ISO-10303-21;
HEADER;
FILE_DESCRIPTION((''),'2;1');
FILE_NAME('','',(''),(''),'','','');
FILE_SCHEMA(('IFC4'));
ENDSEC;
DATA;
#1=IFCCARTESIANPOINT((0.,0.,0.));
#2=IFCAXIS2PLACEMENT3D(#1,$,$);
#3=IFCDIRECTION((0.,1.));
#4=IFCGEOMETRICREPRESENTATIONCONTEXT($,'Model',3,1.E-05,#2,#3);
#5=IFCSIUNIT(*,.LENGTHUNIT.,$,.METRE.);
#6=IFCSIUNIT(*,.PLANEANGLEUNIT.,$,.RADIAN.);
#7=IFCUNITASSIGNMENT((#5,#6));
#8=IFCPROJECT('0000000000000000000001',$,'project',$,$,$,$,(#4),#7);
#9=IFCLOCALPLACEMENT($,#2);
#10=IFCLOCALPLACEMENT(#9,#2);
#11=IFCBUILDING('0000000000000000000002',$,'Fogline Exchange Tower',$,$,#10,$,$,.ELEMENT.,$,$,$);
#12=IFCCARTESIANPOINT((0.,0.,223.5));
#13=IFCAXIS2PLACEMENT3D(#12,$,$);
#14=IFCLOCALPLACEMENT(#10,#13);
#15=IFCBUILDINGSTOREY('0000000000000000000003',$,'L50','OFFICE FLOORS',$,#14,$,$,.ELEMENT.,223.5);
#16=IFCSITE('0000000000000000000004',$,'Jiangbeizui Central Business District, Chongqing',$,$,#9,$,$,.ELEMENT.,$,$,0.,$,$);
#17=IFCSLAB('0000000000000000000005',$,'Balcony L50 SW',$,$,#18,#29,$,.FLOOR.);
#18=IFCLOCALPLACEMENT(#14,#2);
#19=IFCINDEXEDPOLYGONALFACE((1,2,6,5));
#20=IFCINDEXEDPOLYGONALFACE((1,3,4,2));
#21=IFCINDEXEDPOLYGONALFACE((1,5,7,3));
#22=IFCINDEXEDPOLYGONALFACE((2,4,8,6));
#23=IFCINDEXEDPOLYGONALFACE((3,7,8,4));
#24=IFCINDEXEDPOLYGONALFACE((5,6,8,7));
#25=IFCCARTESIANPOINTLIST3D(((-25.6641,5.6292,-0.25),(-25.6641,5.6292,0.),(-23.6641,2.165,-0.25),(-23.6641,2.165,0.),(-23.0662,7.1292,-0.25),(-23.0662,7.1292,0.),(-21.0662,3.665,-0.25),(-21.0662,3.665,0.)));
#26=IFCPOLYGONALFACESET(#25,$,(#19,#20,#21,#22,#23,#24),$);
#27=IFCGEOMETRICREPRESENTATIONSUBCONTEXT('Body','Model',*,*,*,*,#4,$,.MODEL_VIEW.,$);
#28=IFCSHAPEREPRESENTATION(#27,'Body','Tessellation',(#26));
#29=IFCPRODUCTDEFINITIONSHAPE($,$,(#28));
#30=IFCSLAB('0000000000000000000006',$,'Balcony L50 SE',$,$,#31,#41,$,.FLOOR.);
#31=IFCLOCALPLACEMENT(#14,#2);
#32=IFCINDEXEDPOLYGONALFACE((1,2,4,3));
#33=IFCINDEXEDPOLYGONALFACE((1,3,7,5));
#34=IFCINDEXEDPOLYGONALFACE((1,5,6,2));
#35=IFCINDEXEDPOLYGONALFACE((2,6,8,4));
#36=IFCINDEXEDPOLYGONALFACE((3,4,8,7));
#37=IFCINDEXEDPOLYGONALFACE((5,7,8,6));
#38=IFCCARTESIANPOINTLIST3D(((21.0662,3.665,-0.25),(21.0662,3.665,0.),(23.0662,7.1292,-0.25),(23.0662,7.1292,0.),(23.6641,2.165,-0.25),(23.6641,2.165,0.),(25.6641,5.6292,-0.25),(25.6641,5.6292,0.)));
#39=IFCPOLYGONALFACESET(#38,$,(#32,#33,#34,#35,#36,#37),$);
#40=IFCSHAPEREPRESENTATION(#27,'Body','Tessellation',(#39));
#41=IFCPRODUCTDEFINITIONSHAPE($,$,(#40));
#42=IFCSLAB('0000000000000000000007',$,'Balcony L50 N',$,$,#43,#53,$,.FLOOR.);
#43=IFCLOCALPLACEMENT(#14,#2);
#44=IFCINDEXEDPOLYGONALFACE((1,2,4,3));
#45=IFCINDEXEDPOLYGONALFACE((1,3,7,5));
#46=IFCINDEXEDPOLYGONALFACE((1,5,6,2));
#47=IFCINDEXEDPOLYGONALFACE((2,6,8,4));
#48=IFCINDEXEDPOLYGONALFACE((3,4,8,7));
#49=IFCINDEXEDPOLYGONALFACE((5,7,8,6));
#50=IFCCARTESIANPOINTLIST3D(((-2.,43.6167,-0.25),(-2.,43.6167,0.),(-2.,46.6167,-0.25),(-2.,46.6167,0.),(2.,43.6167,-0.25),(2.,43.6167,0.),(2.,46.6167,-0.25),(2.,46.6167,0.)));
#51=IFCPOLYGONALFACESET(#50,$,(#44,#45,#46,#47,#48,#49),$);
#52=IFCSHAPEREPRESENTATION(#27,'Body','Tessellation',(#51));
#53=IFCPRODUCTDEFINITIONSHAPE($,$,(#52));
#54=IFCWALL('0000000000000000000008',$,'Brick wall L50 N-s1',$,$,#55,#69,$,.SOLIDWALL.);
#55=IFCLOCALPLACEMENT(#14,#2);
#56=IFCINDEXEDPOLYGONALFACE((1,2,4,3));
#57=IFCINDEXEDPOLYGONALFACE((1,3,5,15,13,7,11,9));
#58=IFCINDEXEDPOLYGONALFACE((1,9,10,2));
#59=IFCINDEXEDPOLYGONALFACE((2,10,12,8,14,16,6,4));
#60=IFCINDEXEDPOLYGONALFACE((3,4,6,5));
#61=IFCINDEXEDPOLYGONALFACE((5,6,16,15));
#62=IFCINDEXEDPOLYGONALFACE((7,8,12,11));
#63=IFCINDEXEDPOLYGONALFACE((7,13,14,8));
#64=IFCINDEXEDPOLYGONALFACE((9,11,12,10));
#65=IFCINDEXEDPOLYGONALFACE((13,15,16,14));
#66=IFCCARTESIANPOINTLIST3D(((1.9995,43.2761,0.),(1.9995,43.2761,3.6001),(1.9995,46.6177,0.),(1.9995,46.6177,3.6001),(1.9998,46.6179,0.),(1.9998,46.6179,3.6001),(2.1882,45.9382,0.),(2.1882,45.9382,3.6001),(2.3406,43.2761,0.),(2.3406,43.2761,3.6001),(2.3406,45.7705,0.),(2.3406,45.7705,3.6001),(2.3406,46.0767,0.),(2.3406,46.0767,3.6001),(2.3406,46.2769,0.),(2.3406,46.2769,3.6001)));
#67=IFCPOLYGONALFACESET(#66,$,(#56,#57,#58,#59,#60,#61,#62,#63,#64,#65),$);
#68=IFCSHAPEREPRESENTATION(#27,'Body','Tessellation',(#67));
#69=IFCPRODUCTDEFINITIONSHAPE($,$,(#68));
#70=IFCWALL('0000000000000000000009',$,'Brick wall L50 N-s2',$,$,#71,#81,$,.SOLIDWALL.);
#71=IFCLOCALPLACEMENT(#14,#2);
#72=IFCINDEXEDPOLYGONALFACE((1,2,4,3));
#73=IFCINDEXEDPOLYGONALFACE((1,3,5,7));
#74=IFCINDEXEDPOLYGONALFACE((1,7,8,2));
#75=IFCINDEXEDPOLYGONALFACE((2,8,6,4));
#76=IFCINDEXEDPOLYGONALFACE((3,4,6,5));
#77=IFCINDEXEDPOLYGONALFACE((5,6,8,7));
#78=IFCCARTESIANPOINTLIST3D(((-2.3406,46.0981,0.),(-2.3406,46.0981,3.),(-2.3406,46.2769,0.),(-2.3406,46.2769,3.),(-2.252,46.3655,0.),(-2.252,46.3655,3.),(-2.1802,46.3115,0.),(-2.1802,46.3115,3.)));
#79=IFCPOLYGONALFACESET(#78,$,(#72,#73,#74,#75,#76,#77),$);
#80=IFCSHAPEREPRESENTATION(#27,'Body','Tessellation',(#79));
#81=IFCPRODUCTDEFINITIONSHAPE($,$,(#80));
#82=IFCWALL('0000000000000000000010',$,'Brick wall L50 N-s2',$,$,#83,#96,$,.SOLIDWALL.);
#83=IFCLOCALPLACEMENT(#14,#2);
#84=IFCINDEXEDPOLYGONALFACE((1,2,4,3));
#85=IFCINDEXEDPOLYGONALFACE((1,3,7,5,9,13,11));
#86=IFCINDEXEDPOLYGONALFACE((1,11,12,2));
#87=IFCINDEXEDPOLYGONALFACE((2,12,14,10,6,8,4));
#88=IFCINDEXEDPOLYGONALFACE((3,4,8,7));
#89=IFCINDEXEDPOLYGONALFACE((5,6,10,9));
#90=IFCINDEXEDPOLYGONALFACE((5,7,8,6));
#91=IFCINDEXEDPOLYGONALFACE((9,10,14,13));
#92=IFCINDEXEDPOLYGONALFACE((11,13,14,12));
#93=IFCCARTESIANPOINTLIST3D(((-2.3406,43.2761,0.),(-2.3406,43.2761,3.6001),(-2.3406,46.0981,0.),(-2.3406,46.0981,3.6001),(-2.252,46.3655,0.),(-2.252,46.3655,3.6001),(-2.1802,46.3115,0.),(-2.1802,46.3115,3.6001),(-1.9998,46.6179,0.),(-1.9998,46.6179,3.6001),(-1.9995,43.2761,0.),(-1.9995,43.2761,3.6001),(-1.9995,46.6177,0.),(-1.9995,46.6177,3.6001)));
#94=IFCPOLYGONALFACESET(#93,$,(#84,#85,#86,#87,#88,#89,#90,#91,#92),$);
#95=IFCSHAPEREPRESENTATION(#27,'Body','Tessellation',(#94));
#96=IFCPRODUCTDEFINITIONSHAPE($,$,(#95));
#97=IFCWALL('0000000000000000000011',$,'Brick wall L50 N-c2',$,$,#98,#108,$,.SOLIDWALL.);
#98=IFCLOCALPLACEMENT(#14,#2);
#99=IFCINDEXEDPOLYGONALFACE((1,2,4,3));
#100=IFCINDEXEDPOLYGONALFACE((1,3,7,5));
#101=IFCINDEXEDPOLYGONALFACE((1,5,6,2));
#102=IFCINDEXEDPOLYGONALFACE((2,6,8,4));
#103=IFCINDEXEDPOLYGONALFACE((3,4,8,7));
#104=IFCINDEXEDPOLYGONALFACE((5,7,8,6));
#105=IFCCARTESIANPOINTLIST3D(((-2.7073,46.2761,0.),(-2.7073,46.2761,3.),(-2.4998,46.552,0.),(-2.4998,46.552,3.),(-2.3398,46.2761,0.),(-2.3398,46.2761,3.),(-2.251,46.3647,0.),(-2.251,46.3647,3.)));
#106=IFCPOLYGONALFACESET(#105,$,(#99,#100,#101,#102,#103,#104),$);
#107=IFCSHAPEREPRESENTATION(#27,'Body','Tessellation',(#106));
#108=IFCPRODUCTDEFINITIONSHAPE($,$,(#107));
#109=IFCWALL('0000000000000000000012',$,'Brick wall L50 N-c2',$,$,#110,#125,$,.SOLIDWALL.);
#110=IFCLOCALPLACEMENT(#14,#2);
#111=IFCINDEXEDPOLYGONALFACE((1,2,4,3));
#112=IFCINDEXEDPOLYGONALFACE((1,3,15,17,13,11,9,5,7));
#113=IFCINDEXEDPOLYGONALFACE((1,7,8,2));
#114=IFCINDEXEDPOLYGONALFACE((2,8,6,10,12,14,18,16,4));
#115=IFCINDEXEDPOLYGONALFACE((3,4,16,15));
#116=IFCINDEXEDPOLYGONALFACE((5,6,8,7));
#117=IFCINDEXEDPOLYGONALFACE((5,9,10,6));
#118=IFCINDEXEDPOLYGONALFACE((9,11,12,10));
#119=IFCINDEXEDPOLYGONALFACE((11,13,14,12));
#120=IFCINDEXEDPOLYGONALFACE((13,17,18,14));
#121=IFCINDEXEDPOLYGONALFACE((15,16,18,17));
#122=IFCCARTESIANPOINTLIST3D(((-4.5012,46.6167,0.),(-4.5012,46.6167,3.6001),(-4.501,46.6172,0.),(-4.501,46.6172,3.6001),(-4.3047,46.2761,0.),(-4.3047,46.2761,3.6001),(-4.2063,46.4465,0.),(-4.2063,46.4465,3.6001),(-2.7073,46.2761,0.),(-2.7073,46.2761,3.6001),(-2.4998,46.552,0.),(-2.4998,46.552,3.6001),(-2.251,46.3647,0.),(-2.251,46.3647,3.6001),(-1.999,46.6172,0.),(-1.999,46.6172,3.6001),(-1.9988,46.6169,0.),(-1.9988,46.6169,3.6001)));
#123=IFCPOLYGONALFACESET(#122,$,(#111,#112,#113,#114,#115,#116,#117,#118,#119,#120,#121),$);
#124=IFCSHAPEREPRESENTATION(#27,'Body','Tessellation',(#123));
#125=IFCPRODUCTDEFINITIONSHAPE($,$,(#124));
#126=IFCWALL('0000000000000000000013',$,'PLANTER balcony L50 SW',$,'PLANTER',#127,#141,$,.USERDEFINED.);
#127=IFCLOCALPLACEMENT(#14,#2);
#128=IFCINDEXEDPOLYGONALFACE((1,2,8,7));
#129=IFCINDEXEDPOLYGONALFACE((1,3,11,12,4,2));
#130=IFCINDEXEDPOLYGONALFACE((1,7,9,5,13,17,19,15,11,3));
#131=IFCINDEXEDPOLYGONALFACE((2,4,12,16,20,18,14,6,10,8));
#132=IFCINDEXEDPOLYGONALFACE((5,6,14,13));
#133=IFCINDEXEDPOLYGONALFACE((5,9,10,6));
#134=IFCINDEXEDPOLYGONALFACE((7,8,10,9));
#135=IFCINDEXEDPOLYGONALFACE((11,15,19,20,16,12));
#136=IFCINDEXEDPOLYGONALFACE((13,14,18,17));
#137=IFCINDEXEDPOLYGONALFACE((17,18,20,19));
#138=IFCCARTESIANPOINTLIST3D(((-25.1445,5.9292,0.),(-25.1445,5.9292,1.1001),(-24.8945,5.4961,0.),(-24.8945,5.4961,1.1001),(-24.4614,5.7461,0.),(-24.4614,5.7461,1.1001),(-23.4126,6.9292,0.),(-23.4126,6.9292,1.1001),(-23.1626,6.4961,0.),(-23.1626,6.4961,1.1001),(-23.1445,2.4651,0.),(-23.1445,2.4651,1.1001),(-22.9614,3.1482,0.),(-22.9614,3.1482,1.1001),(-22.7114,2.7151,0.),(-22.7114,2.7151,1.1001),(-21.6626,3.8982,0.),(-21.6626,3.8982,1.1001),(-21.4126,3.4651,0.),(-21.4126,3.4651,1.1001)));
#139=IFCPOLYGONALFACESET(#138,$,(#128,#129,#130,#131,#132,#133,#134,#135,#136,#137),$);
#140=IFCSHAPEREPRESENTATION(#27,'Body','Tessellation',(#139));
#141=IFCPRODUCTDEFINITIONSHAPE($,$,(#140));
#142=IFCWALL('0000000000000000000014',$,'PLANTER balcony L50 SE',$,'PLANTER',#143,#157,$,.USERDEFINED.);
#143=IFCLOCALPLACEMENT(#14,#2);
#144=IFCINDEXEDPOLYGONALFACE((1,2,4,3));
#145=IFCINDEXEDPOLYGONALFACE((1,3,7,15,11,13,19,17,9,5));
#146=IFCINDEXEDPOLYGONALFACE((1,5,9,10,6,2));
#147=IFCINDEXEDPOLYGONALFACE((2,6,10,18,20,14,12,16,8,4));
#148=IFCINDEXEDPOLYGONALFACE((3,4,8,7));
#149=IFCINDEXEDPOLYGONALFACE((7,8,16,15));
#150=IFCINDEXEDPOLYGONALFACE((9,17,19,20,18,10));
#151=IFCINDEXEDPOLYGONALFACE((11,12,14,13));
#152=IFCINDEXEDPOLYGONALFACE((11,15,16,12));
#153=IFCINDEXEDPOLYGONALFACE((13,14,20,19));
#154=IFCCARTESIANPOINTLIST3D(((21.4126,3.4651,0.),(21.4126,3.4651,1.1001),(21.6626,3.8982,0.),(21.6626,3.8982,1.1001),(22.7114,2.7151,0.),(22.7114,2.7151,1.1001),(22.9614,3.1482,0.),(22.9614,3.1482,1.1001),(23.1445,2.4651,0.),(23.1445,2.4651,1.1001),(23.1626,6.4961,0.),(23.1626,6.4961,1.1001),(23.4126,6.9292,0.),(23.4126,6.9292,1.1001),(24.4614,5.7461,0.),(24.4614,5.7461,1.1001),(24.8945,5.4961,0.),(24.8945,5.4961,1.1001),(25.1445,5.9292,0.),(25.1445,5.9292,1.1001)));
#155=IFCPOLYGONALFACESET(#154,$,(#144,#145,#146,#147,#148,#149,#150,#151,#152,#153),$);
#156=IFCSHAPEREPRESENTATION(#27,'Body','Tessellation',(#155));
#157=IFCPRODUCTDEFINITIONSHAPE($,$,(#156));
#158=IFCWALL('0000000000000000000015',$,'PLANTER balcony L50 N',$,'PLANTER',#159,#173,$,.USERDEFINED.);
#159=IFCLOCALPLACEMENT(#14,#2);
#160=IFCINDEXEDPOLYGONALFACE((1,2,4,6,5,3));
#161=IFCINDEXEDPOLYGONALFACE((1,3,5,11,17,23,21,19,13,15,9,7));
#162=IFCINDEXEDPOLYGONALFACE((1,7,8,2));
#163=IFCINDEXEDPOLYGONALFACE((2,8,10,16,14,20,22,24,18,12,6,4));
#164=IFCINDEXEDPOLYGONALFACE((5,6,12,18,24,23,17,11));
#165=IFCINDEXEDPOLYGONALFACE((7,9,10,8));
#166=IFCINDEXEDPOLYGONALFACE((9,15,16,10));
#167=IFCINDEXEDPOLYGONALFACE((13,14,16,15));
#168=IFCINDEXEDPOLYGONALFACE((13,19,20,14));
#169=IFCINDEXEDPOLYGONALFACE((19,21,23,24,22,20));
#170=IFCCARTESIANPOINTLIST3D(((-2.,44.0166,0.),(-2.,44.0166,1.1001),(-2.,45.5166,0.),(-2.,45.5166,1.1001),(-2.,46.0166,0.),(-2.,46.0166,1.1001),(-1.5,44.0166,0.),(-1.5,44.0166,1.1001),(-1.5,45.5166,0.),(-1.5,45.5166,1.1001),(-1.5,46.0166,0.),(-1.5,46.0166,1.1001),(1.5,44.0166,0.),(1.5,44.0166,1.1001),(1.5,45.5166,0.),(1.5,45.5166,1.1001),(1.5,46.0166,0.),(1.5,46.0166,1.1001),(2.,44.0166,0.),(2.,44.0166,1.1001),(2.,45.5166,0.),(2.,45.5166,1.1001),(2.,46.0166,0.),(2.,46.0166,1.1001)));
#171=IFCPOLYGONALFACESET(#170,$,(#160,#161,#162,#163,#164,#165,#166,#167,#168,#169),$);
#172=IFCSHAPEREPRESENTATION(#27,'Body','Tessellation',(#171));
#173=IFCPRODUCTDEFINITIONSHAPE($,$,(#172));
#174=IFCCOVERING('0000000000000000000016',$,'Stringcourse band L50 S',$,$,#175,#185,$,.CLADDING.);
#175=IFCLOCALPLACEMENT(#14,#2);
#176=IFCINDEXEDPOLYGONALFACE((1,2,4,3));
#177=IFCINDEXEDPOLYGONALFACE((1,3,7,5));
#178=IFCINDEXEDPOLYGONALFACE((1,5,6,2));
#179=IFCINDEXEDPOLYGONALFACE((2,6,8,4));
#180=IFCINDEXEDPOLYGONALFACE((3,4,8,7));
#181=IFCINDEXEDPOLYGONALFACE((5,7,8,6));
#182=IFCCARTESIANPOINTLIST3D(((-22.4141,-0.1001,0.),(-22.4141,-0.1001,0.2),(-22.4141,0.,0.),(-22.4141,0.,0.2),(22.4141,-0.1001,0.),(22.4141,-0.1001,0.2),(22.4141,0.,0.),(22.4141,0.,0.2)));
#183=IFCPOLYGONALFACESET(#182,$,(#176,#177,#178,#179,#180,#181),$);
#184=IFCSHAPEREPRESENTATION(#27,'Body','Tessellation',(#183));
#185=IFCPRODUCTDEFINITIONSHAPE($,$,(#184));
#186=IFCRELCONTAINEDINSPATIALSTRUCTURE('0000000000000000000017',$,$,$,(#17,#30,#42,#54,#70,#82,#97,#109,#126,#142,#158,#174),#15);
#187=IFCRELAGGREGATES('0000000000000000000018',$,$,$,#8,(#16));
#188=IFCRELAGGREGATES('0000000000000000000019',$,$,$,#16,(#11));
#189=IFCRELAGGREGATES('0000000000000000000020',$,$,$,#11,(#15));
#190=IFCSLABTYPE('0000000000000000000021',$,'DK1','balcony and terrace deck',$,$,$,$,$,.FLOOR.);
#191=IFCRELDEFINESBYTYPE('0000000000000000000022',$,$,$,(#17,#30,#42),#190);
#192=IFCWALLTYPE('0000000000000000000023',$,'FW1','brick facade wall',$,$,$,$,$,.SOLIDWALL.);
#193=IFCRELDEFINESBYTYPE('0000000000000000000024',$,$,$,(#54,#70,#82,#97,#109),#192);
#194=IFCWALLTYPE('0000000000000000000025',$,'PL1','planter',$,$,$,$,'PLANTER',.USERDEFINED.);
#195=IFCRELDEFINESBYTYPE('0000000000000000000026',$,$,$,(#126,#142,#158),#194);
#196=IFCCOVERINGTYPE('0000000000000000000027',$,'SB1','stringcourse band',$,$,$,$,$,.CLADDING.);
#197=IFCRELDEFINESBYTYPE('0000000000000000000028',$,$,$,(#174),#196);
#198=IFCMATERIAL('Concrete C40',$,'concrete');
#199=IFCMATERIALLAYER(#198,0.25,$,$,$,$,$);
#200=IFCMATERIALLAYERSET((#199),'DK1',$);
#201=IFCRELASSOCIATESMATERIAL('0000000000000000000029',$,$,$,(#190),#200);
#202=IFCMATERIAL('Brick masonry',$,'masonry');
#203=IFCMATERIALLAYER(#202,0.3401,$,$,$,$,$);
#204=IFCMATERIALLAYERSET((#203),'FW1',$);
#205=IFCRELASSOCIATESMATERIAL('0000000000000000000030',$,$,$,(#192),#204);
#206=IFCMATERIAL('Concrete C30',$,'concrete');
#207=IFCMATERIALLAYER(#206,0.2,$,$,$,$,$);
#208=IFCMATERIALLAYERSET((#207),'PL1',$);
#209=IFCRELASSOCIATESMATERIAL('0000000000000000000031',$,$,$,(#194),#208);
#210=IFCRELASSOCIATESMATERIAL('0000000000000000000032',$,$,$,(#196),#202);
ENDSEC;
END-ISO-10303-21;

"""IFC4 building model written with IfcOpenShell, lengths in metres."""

from ifc_helpers import new_model, si_unit, direction, frame, origin, place, context, subcontext, project, spatial, polyline, outline, extrude, material, layer, layer_set, type_object, element, save


model = new_model("IFC4")

# Units and contexts
model_context = context("Model", 3, precision=1e-05, world=origin(), true_north=direction((0.0, 1.0)))
body_context = subcontext(model_context, "Body", "Model", "MODEL_VIEW")
ifc_project = project(units=[si_unit("LENGTHUNIT", "METRE"), si_unit("PLANEANGLEUNIT", "RADIAN")], contexts=[model_context])

# Site, building, storey
site_placement = place(None, origin())
site = spatial("IfcSite", under=ifc_project, at=site_placement, Name="Jiangbeizui Central Business District, Chongqing", CompositionType="ELEMENT", RefElevation=0.0)
building_placement = place(site_placement, origin())
building = spatial("IfcBuilding", under=site, at=building_placement, Name="Fogline Exchange Tower", CompositionType="ELEMENT")
storey_placement = place(building_placement, frame((0.0, 0.0, 223.5)))
storey = spatial("IfcBuildingStorey", under=building, at=storey_placement, Name="L50", Description="OFFICE FLOORS", CompositionType="ELEMENT", Elevation=223.5)

# Slabs
ifc_material_1 = material(Name="Concrete C40", Category="concrete")
ifc_layer_1 = layer(ifc_material_1, 0.25)
ifc_layer_set_1 = layer_set([ifc_layer_1], Name="DK1")
slab_type = type_object("IfcSlabType", Name="DK1", Description="balcony and terrace deck", PredefinedType="FLOOR", material=ifc_layer_set_1)
slab_1_placement = place(storey_placement, frame((0.0, 0.0, -0.25)))
element("IfcSlab", 1, at=slab_1_placement, inside=storey, type_object=slab_type, Name="Balcony L50 SW", PredefinedType="FLOOR", context=body_context, shape_type="SweptSolid", body=[
    extrude(outline(polyline([(-25.6641, 5.6292), (-23.6641, 2.165), (-21.0662, 3.665), (-23.0662, 7.1292), (-25.6641, 5.6292)])), origin(), (0.0, 0.0, 1.0), 0.25),
])
slab_2_placement = place(storey_placement, frame((0.0, 0.0, -0.25)))
element("IfcSlab", 2, at=slab_2_placement, inside=storey, type_object=slab_type, Name="Balcony L50 SE", PredefinedType="FLOOR", context=body_context, shape_type="SweptSolid", body=[
    extrude(outline(polyline([(23.6641, 2.165), (25.6641, 5.6292), (23.0662, 7.1292), (21.0662, 3.665), (23.6641, 2.165)])), origin(), (0.0, 0.0, 1.0), 0.25),
])
slab_3_placement = place(storey_placement, frame((0.0, 0.0, -0.25)))
element("IfcSlab", 3, at=slab_3_placement, inside=storey, type_object=slab_type, Name="Balcony L50 N", PredefinedType="FLOOR", context=body_context, shape_type="SweptSolid", body=[
    extrude(outline(polyline([(2.0, 46.6167), (-2.0, 46.6167), (-2.0, 43.6167), (2.0, 43.6167), (2.0, 46.6167)])), origin(), (0.0, 0.0, 1.0), 0.25),
])

# Walls
ifc_material_2 = material(Name="Brick masonry", Category="masonry")
ifc_layer_2 = layer(ifc_material_2, 0.3401)
ifc_layer_set_2 = layer_set([ifc_layer_2], Name="FW1")
wall_type_1 = type_object("IfcWallType", Name="FW1", Description="brick facade wall", PredefinedType="SOLIDWALL", material=ifc_layer_set_2)
wall_1_placement = place(storey_placement, origin())
element("IfcWall", 4, at=wall_1_placement, inside=storey, type_object=wall_type_1, Name="Brick wall L50 N-s1", PredefinedType="SOLIDWALL", context=body_context, shape_type="SweptSolid", body=[
    extrude(outline(polyline([(1.9995, 43.2761), (1.9995, 46.6177), (1.9998, 46.6179), (2.3406, 46.2769), (2.3406, 46.0767), (2.1882, 45.9382), (2.3406, 45.7705), (2.3406, 43.2761), (1.9995, 43.2761)])), origin(), (0.0, 0.0, 1.0), 3.6001),
])
wall_2_placement = place(storey_placement, origin())
element("IfcWall", 5, at=wall_2_placement, inside=storey, type_object=wall_type_1, Name="Brick wall L50 N-s2", PredefinedType="SOLIDWALL", context=body_context, shape_type="SweptSolid", body=[
    extrude(outline(polyline([(-2.3406, 46.2769), (-2.252, 46.3655), (-2.1802, 46.3115), (-2.3406, 46.0981), (-2.3406, 46.2769)])), origin(), (0.0, 0.0, 1.0), 3.0),
])
wall_3_placement = place(storey_placement, origin())
element("IfcWall", 6, at=wall_3_placement, inside=storey, type_object=wall_type_1, Name="Brick wall L50 N-s2", PredefinedType="SOLIDWALL", context=body_context, shape_type="SweptSolid", body=[
    extrude(outline(polyline([(-1.9995, 43.2761), (-2.3406, 43.2761), (-2.3406, 46.0981), (-2.1802, 46.3115), (-2.252, 46.3655), (-1.9998, 46.6179), (-1.9995, 46.6177), (-1.9995, 43.2761)])), origin(), (0.0, 0.0, 1.0), 3.6001),
])
wall_4_placement = place(storey_placement, origin())
element("IfcWall", 7, at=wall_4_placement, inside=storey, type_object=wall_type_1, Name="Brick wall L50 N-c2", PredefinedType="SOLIDWALL", context=body_context, shape_type="SweptSolid", body=[
    extrude(outline(polyline([(-2.3398, 46.2761), (-2.7073, 46.2761), (-2.4998, 46.552), (-2.251, 46.3647), (-2.3398, 46.2761)])), origin(), (0.0, 0.0, 1.0), 3.0),
])
wall_5_placement = place(storey_placement, origin())
element("IfcWall", 8, at=wall_5_placement, inside=storey, type_object=wall_type_1, Name="Brick wall L50 N-c2", PredefinedType="SOLIDWALL", context=body_context, shape_type="SweptSolid", body=[
    extrude(outline(polyline([(-4.2063, 46.4465), (-4.5012, 46.6167), (-4.501, 46.6172), (-1.999, 46.6172), (-1.9988, 46.6169), (-2.251, 46.3647), (-2.4998, 46.552), (-2.7073, 46.2761), (-4.3047, 46.2761), (-4.2063, 46.4465)])), origin(), (0.0, 0.0, 1.0), 3.6001),
])
ifc_material_3 = material(Name="Concrete C30", Category="concrete")
ifc_layer_3 = layer(ifc_material_3, 0.2)
ifc_layer_set_3 = layer_set([ifc_layer_3], Name="PL1")
wall_type_2 = type_object("IfcWallType", Name="PL1", Description="planter", ElementType="PLANTER", PredefinedType="USERDEFINED", material=ifc_layer_set_3)
wall_6_placement = place(storey_placement, origin())
element("IfcWall", 9, at=wall_6_placement, inside=storey, type_object=wall_type_2, Name="PLANTER balcony L50 SW", ObjectType="PLANTER", PredefinedType="USERDEFINED", context=body_context, shape_type="SweptSolid", body=[
    extrude(outline(polyline([(-21.6626, 3.8982), (-22.9614, 3.1482), (-24.4614, 5.7461), (-23.1626, 6.4961), (-23.4126, 6.9292), (-25.1445, 5.9292), (-24.8945, 5.4961), (-23.1445, 2.4651), (-22.7114, 2.7151), (-22.7114, 2.7151), (-21.4126, 3.4651), (-21.6626, 3.8982)])), origin(), (0.0, 0.0, 1.0), 1.1001),
])
wall_7_placement = place(storey_placement, origin())
element("IfcWall", 10, at=wall_7_placement, inside=storey, type_object=wall_type_2, Name="PLANTER balcony L50 SE", ObjectType="PLANTER", PredefinedType="USERDEFINED", context=body_context, shape_type="SweptSolid", body=[
    extrude(outline(polyline([(21.4126, 3.4651), (22.7114, 2.7151), (22.7114, 2.7151), (23.1445, 2.4651), (24.8945, 5.4961), (25.1445, 5.9292), (23.4126, 6.9292), (23.1626, 6.4961), (24.4614, 5.7461), (22.9614, 3.1482), (21.6626, 3.8982), (21.4126, 3.4651)])), origin(), (0.0, 0.0, 1.0), 1.1001),
])
wall_8_placement = place(storey_placement, origin())
element("IfcWall", 11, at=wall_8_placement, inside=storey, type_object=wall_type_2, Name="PLANTER balcony L50 N", ObjectType="PLANTER", PredefinedType="USERDEFINED", context=body_context, shape_type="SweptSolid", body=[
    extrude(outline(polyline([(-1.5, 46.0166), (-2.0, 46.0166), (-2.0, 45.5166), (-2.0, 44.0166), (-1.5, 44.0166), (-1.5, 45.5166), (1.5, 45.5166), (1.5, 44.0166), (2.0, 44.0166), (2.0, 45.5166), (2.0, 46.0166), (1.5, 46.0166), (-1.5, 46.0166)])), origin(), (0.0, 0.0, 1.0), 1.1001),
])

# Covering
covering_type = type_object("IfcCoveringType", Name="SB1", Description="stringcourse band", PredefinedType="CLADDING", material=ifc_material_2)
covering_1_placement = place(storey_placement, origin())
element("IfcCovering", 12, at=covering_1_placement, inside=storey, type_object=covering_type, Name="Stringcourse band L50 S", PredefinedType="CLADDING", context=body_context, shape_type="SweptSolid", body=[
    extrude(outline(polyline([(-22.4141, 0.0), (-22.4141, -0.1001), (22.4141, -0.1001), (22.4141, 0.0), (-22.4141, 0.0)])), origin(), (0.0, 0.0, 1.0), 0.2),
])

save(model, "model.ifc")
